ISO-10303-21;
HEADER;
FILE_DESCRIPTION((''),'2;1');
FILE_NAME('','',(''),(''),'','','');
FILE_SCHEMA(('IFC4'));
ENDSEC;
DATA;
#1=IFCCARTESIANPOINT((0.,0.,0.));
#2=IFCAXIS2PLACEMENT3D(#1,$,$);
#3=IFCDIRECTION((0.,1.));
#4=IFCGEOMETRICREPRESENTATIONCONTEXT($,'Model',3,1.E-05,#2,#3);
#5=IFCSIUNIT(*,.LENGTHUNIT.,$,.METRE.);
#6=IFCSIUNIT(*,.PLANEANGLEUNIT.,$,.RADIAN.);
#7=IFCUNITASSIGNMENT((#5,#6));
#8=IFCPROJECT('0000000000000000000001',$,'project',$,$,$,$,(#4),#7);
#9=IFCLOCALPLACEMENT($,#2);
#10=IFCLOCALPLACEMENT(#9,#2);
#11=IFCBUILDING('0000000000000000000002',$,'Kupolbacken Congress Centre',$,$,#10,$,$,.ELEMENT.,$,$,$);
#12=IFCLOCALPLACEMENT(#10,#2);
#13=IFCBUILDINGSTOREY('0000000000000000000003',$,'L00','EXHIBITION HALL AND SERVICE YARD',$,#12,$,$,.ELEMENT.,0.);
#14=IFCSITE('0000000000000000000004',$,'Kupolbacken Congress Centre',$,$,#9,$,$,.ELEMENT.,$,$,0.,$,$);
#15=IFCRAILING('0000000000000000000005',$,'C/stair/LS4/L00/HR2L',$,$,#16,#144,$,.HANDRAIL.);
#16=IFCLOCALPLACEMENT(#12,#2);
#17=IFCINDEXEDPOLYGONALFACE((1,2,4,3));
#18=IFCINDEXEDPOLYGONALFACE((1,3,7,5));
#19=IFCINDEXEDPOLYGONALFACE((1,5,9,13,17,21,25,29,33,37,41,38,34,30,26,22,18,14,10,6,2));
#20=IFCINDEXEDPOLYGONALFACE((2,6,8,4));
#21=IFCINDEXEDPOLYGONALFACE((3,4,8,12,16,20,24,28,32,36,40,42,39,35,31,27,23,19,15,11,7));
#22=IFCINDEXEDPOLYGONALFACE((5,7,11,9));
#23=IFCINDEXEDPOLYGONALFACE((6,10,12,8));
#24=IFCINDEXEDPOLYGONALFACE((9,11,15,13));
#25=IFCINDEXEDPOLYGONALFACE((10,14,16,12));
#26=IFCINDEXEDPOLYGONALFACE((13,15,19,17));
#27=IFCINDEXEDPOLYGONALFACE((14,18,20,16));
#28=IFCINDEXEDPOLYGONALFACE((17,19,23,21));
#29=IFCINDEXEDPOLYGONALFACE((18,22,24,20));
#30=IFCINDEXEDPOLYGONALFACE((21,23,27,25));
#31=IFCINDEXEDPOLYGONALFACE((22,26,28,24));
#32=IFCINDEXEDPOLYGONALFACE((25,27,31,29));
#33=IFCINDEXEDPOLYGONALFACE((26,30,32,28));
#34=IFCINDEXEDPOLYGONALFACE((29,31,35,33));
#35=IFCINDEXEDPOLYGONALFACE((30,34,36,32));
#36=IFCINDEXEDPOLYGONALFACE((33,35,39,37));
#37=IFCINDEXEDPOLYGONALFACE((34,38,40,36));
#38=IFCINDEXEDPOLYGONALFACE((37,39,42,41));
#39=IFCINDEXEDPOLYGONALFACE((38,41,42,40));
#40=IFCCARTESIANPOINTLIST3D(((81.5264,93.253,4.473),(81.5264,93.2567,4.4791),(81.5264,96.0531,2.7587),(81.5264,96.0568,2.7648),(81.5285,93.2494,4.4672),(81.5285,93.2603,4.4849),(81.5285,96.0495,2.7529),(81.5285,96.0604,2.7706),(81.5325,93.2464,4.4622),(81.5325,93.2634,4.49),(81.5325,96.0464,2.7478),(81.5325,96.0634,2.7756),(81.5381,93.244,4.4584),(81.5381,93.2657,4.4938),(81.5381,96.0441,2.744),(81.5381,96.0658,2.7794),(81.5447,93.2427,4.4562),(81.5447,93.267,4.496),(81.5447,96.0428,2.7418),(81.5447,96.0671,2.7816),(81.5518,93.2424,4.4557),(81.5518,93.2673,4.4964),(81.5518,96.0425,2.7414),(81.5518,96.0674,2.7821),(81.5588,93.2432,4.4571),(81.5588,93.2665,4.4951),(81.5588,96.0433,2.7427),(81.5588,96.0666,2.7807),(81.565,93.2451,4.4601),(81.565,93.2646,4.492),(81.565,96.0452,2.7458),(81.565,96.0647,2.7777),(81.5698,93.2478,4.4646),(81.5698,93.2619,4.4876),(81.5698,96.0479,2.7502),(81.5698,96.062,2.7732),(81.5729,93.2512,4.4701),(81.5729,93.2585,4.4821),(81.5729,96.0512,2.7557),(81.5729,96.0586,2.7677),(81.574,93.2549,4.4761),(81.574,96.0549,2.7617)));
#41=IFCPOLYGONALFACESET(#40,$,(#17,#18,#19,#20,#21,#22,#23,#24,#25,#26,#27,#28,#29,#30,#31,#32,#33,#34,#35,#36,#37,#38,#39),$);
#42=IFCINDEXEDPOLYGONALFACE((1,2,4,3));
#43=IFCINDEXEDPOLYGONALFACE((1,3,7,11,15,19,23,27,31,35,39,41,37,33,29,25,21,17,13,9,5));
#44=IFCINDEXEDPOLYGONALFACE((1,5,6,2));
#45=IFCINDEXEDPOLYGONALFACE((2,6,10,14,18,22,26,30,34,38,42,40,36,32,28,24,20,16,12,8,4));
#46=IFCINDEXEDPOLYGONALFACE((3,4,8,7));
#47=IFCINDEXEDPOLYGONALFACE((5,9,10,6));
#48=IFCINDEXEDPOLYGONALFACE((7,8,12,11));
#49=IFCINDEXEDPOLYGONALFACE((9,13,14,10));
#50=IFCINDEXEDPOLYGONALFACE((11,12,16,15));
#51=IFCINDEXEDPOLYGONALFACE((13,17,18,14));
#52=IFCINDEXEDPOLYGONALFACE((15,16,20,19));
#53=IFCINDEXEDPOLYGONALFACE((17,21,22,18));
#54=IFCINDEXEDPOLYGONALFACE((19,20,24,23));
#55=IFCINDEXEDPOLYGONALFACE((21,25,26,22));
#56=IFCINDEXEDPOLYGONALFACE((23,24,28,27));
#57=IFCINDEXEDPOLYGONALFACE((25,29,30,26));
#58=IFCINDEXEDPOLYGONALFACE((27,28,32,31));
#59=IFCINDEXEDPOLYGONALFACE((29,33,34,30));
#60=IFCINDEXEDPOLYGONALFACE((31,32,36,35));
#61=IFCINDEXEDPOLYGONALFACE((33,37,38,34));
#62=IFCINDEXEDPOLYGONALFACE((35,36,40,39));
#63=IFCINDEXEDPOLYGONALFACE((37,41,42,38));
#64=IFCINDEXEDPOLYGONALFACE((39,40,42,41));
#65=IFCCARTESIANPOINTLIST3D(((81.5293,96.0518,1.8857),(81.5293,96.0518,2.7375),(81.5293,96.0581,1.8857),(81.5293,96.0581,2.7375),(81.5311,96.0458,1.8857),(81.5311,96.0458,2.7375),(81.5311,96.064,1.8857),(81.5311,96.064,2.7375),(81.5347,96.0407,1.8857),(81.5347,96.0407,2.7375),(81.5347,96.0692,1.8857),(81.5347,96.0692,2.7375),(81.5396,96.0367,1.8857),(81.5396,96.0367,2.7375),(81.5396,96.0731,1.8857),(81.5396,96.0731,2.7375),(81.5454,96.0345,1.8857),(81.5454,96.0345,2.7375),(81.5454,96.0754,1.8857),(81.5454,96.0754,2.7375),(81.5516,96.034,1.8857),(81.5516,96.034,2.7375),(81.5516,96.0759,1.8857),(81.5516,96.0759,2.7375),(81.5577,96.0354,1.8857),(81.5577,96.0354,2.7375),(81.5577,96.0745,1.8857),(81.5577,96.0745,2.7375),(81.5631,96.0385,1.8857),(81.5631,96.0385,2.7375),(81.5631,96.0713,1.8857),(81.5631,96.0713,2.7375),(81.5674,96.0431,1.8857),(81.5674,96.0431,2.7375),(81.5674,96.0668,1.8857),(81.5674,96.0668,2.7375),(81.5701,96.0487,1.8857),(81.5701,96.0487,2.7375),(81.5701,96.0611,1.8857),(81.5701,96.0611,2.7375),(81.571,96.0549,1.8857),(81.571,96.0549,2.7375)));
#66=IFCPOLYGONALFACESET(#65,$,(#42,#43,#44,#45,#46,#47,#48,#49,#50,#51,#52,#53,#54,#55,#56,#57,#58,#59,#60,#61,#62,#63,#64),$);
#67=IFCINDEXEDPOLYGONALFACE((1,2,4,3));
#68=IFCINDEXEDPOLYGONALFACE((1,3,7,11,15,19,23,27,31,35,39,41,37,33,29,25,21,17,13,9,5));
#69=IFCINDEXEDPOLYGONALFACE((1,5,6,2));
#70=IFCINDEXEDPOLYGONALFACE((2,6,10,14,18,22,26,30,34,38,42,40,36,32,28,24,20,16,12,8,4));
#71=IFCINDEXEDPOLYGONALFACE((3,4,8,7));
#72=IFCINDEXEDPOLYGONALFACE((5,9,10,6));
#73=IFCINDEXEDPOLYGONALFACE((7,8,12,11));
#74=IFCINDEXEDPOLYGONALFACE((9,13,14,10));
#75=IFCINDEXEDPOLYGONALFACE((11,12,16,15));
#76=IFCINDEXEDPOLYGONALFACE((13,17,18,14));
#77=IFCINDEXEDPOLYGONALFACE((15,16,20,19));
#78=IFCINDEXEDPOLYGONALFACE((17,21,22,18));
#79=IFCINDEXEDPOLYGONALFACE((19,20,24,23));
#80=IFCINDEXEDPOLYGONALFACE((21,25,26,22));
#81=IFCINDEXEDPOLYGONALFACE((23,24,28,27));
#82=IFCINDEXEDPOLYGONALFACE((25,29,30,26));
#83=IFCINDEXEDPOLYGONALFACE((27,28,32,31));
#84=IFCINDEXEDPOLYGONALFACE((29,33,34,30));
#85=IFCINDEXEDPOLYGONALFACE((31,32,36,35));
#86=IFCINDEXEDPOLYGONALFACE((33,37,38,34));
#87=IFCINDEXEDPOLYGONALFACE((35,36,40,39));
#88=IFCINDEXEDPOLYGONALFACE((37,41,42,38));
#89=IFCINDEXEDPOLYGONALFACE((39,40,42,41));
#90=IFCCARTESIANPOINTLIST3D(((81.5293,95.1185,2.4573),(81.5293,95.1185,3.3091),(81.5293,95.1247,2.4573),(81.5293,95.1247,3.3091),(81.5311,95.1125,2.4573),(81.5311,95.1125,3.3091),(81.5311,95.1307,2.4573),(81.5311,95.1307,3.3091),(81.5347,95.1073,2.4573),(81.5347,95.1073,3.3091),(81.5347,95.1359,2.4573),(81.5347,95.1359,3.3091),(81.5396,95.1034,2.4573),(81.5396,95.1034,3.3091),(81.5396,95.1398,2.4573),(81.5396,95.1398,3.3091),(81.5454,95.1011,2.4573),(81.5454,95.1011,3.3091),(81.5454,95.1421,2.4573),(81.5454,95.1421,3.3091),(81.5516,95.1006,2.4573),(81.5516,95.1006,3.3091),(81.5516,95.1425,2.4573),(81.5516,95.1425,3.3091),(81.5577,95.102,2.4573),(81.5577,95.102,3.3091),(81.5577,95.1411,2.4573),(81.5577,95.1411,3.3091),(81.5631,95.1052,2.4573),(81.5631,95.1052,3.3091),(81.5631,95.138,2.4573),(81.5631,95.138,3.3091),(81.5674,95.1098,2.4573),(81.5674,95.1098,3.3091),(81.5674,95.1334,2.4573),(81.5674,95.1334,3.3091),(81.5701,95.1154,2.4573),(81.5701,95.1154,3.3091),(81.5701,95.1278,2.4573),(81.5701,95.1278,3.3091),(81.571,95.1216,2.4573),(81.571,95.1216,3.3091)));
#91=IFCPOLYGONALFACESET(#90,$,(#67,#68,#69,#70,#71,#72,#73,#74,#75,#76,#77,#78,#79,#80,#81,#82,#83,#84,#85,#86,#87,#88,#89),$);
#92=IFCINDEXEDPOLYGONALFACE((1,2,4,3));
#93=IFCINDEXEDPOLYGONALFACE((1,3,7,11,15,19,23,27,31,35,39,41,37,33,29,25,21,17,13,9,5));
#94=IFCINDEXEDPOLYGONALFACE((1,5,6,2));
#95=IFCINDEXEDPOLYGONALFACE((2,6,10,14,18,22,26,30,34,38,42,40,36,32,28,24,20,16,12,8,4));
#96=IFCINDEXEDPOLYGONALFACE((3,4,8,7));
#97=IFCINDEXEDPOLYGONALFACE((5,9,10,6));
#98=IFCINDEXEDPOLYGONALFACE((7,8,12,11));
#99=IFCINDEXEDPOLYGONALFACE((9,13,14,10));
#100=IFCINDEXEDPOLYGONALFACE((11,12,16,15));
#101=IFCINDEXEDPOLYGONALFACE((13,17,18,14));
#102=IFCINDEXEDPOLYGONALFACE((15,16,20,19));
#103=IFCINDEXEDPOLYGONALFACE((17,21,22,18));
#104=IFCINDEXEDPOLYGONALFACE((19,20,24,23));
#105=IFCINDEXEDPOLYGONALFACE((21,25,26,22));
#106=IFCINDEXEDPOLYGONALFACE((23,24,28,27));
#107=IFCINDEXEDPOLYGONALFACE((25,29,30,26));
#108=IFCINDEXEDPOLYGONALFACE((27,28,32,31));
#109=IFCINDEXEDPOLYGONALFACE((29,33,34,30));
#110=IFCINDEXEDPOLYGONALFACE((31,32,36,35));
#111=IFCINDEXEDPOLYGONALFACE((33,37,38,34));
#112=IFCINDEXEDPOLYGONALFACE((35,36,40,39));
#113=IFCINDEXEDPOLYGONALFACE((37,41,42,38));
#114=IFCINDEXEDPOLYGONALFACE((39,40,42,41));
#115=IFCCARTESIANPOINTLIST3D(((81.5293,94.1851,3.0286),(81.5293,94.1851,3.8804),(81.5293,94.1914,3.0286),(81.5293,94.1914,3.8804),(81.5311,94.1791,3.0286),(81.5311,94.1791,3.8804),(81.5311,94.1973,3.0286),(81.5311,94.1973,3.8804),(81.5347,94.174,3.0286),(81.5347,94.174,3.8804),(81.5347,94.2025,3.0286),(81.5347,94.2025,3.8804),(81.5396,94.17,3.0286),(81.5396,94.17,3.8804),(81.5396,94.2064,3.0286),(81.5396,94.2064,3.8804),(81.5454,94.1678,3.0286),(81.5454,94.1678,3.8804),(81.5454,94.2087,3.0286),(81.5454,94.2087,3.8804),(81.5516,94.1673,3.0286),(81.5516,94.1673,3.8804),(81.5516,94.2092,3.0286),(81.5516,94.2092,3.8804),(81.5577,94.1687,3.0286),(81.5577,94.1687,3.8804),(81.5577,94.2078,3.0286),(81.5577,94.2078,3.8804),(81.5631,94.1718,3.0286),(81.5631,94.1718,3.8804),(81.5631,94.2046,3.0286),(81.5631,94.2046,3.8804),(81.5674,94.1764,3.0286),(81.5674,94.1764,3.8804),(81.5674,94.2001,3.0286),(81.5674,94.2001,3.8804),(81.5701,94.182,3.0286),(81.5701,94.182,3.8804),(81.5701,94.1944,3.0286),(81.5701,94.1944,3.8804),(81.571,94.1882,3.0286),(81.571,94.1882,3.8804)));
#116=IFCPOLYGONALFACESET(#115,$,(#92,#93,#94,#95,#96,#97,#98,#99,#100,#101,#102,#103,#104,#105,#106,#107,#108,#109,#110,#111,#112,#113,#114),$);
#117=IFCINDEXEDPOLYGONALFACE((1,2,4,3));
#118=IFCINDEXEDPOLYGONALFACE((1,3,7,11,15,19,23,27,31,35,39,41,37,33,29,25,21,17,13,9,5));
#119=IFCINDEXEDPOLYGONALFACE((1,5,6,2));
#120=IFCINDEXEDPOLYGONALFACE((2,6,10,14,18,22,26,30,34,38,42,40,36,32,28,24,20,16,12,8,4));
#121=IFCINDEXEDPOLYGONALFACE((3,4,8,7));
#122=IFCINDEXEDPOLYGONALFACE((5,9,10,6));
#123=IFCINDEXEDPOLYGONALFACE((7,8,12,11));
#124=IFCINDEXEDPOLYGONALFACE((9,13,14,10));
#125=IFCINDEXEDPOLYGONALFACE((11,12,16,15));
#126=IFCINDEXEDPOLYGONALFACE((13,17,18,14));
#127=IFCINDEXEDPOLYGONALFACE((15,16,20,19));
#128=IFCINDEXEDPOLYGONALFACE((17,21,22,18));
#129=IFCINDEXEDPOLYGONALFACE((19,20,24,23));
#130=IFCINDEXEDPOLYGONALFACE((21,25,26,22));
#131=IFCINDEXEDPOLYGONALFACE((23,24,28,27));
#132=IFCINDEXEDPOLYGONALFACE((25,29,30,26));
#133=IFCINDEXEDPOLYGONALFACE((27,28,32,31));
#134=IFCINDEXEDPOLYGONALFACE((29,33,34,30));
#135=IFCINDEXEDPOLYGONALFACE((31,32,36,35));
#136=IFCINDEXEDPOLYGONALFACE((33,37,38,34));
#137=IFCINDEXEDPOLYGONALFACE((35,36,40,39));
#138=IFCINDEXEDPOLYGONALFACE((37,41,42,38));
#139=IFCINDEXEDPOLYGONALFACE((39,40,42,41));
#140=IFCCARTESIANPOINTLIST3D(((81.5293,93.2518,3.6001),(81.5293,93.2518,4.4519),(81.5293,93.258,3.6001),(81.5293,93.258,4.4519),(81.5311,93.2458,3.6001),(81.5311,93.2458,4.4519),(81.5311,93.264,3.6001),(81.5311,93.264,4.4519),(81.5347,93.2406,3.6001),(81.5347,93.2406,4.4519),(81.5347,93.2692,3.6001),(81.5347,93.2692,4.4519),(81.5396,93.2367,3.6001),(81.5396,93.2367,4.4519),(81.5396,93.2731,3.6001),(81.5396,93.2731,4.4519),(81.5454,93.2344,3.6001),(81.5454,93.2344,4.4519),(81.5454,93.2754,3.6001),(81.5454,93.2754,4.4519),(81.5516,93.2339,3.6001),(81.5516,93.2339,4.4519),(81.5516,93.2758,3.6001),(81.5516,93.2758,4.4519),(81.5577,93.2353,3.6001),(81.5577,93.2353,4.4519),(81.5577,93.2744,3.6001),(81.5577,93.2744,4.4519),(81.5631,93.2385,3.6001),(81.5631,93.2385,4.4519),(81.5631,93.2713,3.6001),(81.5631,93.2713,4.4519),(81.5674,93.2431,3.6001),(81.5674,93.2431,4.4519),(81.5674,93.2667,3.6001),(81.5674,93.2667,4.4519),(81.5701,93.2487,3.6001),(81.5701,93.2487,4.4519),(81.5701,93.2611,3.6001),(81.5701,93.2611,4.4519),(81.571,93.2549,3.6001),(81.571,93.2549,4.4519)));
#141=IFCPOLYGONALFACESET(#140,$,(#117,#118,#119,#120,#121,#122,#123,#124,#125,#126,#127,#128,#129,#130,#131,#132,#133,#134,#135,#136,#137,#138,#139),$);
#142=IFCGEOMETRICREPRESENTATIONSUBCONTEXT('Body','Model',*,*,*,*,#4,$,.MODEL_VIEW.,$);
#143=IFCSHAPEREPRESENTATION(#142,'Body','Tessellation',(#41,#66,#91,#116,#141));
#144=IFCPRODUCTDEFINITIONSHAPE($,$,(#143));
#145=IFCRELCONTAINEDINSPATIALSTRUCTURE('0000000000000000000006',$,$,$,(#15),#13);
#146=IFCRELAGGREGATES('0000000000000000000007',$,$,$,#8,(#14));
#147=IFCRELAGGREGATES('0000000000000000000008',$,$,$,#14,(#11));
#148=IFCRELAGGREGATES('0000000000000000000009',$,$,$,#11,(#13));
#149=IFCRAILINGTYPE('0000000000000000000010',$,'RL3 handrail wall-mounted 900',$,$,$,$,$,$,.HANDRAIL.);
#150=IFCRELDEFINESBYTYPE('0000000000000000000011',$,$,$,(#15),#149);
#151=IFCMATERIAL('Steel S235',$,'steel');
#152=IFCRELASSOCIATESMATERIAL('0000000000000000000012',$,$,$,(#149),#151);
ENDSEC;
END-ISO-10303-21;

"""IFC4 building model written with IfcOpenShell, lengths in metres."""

from ifc_helpers import new_model, si_unit, direction, frame, origin, origin_2d, place, context, subcontext, project, spatial, circle, extrude, material, type_object, element, save


model = new_model("IFC4")

# Units and contexts
model_context = context("Model", 3, precision=1e-05, world=origin(), true_north=direction((0.0, 1.0)))
body_context = subcontext(model_context, "Body", "Model", "MODEL_VIEW")
ifc_project = project(units=[si_unit("LENGTHUNIT", "METRE"), si_unit("PLANEANGLEUNIT", "RADIAN")], contexts=[model_context])

# Site, building, storey
site_placement = place(None, origin())
site = spatial("IfcSite", under=ifc_project, at=site_placement, Name="Kupolbacken Congress Centre", CompositionType="ELEMENT", RefElevation=0.0)
building_placement = place(site_placement, origin())
building = spatial("IfcBuilding", under=site, at=building_placement, Name="Kupolbacken Congress Centre", CompositionType="ELEMENT")
storey_placement = place(building_placement, origin())
storey = spatial("IfcBuildingStorey", under=building, at=storey_placement, Name="L00", Description="EXHIBITION HALL AND SERVICE YARD", CompositionType="ELEMENT", Elevation=0.0)

# Railing
ifc_material_1 = material(Name="Steel S235", Category="steel")
railing_type = type_object("IfcRailingType", Name="RL3 handrail wall-mounted 900", PredefinedType="HANDRAIL", material=ifc_material_1)
for number, where, name in (
    (1, (81.55, 96.0549, 1.8857), "C/stair/LS4/L00/HR2L"),
):
    element("IfcRailing", number, at=place(storey_placement, frame(where)), inside=storey, type_object=railing_type, Name=name, PredefinedType="HANDRAIL", context=body_context, shape_type="SweptSolid", body=[
        extrude(circle(Radius=0.0239, at=origin_2d()), frame((0.0, 0.0, 0.876), z_axis=(0.0, -0.852846, 0.522163), x_axis=(1.0, 0.0, 0.0)), (0.0, 0.0, 1.0), 3.2832),
        extrude(circle(Radius=0.021, at=origin_2d()), origin(), (0.0, 0.0, 1.0), 0.8518),
        extrude(circle(Radius=0.021, at=origin_2d()), frame((0.0, -0.9333, 0.5715)), (0.0, 0.0, 1.0), 0.8518),
        extrude(circle(Radius=0.021, at=origin_2d()), frame((0.0, -1.8667, 1.1428)), (0.0, 0.0, 1.0), 0.8518),
        extrude(circle(Radius=0.021, at=origin_2d()), frame((0.0, -2.8, 1.7144)), (0.0, 0.0, 1.0), 0.8518),
    ])

save(model, "model.ifc")
